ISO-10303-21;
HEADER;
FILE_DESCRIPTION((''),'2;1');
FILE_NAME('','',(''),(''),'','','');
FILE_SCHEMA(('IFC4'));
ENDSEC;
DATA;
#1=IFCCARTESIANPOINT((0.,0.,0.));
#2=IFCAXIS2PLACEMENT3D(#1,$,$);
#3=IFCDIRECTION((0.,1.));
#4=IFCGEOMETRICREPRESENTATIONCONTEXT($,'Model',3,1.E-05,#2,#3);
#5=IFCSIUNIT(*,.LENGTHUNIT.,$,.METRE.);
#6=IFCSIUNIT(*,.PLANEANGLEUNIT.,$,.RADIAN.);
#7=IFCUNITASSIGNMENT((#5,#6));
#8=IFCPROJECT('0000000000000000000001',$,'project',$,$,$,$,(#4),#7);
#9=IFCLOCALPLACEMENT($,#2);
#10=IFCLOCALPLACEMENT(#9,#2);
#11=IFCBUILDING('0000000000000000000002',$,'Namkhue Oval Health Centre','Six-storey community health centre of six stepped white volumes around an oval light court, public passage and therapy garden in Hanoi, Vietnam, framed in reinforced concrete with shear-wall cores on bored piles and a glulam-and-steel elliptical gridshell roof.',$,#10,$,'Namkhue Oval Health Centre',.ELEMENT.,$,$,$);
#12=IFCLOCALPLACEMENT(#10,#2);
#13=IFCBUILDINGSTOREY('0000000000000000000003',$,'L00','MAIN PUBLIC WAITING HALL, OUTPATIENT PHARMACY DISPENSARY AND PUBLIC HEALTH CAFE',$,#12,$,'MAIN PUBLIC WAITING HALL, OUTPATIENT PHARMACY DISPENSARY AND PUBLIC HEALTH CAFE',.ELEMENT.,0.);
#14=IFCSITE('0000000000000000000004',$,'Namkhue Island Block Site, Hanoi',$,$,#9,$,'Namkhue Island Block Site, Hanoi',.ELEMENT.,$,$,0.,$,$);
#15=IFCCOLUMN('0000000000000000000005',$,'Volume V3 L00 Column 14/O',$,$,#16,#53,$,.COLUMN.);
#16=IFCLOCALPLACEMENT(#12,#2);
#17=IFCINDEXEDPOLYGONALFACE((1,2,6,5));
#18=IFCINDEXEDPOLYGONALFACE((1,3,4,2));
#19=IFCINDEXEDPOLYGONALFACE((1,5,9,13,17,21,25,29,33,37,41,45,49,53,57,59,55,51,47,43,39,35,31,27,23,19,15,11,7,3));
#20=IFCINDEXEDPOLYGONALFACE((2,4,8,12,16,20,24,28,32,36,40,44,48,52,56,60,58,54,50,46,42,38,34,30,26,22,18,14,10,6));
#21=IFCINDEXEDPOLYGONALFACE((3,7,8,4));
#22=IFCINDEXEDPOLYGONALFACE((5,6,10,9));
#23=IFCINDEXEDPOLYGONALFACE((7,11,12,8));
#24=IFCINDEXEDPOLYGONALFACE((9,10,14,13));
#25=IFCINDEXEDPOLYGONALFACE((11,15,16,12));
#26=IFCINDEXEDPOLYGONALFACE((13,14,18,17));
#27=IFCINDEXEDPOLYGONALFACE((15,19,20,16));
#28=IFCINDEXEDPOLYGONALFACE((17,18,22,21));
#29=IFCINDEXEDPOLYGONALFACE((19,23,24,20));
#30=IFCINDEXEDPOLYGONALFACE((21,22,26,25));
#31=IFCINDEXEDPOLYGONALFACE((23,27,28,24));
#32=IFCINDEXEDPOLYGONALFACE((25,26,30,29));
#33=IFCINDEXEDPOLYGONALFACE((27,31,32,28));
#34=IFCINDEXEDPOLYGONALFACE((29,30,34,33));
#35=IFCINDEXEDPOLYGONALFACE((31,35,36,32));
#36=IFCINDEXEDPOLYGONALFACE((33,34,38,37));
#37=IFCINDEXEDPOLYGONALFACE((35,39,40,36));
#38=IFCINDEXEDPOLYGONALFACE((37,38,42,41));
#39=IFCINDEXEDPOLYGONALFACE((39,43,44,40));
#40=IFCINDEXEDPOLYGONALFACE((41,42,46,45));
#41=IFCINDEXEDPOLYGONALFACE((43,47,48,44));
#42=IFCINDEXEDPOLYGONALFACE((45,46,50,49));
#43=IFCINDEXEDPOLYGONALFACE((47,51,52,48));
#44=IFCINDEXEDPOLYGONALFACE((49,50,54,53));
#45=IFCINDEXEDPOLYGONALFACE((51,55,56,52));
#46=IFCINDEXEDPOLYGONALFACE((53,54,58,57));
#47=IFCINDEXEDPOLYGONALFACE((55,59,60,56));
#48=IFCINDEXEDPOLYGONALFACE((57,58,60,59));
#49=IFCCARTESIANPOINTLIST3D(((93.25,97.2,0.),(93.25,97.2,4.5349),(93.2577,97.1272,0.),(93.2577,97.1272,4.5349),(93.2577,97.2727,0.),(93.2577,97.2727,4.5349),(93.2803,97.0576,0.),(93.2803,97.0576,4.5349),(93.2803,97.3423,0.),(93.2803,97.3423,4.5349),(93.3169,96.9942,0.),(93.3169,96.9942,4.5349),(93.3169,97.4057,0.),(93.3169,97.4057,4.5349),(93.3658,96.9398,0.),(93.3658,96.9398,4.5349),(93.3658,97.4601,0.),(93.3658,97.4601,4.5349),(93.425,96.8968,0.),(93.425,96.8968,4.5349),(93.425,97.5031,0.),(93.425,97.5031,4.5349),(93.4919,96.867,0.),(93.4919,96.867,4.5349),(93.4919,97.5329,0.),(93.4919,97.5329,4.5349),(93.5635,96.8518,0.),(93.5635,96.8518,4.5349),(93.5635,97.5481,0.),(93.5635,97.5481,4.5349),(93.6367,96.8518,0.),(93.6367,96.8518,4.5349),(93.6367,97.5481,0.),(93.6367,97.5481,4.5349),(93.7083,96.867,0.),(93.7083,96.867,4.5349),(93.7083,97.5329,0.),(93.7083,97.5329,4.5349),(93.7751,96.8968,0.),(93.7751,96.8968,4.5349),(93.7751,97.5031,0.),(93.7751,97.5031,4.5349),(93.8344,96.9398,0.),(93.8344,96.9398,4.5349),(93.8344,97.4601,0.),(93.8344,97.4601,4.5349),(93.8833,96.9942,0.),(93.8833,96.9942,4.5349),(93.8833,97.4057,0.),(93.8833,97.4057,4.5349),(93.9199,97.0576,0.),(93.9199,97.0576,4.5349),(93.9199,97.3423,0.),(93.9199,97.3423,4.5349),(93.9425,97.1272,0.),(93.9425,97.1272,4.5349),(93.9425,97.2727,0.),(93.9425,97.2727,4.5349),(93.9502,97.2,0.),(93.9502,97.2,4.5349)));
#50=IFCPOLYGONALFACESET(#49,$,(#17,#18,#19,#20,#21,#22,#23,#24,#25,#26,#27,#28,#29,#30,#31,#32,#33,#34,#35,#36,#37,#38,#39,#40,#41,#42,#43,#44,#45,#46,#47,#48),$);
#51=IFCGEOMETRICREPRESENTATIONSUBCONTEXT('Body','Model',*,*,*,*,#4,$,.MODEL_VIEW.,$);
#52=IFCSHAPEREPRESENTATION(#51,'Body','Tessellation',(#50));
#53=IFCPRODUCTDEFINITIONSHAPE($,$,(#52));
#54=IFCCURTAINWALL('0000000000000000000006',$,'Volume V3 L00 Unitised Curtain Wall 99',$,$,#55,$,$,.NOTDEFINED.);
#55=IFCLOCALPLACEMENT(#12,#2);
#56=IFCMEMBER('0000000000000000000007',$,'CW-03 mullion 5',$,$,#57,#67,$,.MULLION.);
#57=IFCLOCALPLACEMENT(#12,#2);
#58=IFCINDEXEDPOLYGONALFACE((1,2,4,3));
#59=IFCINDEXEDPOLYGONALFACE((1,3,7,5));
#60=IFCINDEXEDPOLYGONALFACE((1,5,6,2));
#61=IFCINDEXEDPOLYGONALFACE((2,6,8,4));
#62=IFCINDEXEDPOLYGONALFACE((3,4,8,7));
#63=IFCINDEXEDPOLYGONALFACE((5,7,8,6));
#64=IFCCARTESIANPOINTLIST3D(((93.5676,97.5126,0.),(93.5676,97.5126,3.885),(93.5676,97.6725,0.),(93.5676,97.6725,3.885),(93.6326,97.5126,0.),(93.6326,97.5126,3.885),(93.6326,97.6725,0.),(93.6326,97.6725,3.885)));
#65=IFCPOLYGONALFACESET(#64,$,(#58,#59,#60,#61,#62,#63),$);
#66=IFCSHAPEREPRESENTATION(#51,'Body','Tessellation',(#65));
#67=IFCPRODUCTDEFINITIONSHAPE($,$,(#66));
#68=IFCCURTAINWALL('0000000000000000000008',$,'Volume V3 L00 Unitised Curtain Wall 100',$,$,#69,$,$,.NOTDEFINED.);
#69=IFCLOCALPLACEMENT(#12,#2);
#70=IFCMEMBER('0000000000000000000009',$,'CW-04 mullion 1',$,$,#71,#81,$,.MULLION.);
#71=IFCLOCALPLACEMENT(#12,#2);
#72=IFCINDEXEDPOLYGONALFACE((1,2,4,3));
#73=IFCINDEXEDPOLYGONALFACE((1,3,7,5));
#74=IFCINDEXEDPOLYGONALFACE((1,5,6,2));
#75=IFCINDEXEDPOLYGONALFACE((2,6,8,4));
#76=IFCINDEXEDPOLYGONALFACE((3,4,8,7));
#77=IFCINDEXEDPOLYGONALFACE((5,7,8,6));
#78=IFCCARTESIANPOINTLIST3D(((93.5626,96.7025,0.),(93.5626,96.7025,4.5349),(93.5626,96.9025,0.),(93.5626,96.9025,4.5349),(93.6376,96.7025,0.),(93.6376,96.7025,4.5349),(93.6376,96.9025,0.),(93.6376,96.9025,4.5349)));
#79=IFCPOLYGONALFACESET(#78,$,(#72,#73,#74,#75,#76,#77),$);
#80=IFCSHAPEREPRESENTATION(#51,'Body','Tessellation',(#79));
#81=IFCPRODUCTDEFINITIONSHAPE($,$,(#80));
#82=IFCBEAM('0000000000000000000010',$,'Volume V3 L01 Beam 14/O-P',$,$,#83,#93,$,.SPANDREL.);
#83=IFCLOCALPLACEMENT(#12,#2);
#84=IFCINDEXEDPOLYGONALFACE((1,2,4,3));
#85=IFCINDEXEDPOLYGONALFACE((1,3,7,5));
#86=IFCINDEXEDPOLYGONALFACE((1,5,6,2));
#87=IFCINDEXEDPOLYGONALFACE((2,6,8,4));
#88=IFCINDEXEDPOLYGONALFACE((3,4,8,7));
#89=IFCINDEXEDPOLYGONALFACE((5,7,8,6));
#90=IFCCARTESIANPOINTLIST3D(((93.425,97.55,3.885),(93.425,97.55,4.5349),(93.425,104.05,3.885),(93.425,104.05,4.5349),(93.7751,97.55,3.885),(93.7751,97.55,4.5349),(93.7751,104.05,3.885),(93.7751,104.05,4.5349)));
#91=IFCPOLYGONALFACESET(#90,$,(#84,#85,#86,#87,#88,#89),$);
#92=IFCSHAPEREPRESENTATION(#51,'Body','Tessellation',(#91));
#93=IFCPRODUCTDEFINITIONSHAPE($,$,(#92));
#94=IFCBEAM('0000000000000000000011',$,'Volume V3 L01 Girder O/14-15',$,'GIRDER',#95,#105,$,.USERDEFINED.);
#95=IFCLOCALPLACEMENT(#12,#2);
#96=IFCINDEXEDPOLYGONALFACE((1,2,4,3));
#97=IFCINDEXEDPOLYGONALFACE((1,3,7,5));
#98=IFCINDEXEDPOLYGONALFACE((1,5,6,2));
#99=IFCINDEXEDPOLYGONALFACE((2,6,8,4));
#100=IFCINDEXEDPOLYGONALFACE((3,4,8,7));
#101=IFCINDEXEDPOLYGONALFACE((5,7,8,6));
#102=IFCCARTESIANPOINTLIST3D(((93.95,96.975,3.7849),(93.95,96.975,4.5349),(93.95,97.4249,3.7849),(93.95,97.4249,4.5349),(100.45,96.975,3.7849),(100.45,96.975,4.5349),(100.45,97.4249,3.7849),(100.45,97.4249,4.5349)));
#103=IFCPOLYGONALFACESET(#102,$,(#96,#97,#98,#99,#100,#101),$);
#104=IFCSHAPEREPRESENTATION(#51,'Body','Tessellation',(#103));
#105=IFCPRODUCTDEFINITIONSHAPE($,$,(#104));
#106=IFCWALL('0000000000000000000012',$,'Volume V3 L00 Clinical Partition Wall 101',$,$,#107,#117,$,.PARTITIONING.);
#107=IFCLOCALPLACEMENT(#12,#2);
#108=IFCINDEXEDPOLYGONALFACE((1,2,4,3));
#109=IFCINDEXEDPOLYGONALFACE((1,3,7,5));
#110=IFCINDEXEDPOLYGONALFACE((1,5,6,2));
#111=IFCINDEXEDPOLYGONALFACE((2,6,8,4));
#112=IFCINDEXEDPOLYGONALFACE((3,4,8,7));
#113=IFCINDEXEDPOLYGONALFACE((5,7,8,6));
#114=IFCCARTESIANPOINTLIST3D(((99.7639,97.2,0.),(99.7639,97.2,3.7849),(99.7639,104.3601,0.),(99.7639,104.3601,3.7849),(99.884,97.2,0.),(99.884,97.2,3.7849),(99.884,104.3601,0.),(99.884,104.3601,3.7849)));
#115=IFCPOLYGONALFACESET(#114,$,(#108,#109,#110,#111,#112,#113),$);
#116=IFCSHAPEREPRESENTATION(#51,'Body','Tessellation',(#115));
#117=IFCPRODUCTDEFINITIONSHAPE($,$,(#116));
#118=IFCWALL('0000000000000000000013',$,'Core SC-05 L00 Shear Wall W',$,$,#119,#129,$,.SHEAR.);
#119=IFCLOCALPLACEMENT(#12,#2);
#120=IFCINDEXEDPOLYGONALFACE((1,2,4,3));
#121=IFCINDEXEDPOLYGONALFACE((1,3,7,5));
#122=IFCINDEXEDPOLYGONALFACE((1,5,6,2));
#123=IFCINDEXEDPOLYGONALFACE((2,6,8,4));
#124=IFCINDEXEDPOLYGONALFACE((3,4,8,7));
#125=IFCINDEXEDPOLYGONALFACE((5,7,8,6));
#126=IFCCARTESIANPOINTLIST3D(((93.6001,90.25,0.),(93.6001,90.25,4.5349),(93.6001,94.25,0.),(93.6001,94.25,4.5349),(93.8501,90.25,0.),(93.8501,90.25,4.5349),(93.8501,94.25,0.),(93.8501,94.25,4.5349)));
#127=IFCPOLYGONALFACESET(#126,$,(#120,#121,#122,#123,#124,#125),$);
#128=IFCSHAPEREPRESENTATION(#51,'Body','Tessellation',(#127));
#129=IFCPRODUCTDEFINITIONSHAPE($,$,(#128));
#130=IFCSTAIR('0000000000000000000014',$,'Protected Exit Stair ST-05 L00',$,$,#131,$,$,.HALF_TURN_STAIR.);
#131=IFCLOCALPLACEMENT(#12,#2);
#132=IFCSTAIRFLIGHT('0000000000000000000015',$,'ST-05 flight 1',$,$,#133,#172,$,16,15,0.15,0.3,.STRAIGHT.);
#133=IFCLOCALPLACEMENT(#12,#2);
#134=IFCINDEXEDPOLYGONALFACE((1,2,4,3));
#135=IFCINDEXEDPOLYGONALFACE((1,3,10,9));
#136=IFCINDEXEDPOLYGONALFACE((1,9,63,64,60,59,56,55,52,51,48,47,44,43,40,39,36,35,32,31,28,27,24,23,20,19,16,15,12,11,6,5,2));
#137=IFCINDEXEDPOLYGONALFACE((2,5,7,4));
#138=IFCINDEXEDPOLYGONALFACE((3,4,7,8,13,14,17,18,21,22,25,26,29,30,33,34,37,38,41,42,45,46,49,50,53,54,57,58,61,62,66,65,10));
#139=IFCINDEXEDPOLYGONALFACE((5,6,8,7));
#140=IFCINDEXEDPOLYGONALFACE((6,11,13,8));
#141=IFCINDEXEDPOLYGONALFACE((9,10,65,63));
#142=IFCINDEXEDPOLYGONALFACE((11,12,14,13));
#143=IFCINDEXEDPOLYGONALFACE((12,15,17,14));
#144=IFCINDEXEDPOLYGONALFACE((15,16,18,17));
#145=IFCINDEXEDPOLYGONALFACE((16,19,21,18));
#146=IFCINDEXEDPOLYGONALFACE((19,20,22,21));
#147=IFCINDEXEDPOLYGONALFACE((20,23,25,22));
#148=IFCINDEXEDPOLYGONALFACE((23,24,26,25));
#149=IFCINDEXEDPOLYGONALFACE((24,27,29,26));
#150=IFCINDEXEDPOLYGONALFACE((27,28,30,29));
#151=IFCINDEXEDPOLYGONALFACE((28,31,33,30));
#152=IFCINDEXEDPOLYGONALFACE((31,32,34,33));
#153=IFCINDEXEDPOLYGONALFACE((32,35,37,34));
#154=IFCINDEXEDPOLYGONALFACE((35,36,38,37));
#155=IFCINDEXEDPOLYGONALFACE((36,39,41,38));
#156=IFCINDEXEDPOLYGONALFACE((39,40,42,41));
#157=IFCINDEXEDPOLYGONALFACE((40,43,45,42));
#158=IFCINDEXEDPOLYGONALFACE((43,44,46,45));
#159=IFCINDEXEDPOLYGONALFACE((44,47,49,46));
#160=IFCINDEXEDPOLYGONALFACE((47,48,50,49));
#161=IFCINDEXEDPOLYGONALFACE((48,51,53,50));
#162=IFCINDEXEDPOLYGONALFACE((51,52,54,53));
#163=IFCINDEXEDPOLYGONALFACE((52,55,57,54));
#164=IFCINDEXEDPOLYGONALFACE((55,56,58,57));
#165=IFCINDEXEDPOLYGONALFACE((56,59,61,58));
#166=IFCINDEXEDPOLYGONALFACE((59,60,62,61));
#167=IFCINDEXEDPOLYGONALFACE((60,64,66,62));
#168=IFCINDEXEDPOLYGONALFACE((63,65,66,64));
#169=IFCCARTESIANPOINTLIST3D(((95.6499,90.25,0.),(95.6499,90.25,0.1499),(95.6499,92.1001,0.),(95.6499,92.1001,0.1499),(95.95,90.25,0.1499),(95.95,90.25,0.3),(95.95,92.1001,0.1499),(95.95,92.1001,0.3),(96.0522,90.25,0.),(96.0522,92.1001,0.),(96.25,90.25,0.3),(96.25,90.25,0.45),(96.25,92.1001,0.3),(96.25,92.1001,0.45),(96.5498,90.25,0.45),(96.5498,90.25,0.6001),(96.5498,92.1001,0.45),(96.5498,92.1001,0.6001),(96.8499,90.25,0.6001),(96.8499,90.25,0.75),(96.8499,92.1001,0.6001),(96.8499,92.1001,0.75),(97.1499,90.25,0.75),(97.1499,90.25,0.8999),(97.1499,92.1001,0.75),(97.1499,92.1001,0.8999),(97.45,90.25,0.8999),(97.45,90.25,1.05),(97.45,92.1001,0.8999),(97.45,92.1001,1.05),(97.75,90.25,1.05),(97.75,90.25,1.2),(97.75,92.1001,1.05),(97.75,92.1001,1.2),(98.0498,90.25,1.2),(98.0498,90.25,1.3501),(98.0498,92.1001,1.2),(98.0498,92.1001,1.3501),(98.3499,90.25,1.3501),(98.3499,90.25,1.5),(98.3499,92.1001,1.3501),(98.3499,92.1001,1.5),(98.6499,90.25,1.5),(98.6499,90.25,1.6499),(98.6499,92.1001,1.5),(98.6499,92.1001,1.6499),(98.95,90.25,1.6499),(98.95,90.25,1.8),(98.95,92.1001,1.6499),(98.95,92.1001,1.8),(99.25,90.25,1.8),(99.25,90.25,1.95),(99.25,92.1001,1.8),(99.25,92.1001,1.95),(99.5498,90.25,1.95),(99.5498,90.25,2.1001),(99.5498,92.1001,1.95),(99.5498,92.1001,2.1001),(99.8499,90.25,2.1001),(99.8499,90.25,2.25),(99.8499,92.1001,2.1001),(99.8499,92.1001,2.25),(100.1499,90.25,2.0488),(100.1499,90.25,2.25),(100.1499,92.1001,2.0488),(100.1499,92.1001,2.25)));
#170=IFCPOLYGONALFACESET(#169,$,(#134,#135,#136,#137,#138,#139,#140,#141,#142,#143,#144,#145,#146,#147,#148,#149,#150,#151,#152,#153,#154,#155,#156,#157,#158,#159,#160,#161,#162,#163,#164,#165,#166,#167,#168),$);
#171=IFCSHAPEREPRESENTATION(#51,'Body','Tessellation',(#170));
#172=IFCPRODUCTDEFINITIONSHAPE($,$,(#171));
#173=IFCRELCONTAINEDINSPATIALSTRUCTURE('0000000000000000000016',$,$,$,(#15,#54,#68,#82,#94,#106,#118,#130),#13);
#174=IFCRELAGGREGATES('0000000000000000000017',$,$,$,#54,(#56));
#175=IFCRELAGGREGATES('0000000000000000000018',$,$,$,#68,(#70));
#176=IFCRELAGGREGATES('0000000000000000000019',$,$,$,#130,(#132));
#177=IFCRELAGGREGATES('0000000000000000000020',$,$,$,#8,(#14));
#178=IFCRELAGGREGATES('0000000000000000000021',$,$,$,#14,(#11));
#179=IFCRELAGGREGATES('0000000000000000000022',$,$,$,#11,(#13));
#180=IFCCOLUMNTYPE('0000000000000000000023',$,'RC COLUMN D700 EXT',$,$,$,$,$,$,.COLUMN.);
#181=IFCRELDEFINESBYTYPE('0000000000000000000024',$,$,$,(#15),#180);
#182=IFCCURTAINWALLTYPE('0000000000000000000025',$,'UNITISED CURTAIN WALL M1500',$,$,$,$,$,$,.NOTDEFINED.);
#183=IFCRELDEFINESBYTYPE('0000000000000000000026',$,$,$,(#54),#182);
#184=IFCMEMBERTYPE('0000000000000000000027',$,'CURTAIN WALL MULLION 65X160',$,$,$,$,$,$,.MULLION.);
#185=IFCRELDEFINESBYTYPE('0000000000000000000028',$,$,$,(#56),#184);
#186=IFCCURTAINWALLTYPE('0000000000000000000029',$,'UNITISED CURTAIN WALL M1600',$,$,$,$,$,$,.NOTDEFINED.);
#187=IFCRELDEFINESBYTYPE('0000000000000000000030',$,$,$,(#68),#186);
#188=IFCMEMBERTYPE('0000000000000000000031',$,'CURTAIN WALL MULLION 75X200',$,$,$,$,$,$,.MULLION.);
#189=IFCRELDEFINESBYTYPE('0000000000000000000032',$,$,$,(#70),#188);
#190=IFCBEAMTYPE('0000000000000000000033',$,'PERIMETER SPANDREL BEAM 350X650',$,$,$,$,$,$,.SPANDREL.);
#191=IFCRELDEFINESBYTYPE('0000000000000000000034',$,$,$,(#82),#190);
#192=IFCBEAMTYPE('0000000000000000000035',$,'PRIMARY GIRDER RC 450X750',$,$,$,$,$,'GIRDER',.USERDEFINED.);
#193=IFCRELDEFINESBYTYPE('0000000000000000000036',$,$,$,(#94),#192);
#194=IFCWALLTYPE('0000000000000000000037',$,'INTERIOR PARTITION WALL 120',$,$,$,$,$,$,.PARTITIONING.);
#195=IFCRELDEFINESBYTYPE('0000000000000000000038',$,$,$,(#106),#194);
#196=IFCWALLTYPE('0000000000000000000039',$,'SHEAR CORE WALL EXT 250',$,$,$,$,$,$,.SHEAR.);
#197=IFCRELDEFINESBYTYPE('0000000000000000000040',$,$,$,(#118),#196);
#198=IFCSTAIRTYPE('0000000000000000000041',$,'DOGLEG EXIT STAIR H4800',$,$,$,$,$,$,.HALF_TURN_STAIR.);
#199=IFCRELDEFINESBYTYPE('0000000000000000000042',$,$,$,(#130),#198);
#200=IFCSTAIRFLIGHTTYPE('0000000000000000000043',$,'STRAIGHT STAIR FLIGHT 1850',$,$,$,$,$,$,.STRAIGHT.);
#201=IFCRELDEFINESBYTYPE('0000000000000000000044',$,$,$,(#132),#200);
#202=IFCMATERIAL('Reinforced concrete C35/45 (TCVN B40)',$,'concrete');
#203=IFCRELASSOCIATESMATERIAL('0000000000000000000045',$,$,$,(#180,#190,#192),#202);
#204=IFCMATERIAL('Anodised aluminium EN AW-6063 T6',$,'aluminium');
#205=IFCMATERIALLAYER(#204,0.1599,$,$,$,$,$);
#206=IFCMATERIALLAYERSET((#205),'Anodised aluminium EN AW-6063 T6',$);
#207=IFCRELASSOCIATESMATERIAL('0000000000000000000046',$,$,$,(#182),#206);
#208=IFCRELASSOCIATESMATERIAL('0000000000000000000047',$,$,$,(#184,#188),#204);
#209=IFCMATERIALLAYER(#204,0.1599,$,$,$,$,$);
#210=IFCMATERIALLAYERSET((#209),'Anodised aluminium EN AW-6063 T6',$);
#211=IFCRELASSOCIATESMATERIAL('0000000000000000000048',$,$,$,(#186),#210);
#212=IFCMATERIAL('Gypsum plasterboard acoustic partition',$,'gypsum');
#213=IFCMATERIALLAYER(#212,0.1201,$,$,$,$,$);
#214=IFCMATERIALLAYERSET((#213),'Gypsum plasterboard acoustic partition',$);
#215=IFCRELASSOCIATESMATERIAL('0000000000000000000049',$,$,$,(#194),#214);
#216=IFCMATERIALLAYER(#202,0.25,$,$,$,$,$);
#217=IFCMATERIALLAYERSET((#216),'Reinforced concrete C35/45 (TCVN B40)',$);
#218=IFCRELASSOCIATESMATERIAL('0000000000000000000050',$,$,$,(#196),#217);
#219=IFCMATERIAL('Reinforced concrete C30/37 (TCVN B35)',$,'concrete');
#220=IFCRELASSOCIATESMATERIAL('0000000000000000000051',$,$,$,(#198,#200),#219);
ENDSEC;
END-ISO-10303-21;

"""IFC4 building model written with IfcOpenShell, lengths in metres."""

from ifc_helpers import new_model, si_unit, direction, frame, frame_2d, origin, origin_2d, place, context, subcontext, project, spatial, polyline, rectangle, circle, outline, extrude, material, layer, layer_set, material_profile, profile_set, type_object, element, aggregate, save


model = new_model("IFC4")

# Units and contexts
model_context = context("Model", 3, precision=1e-05, world=origin(), true_north=direction((0.0, 1.0)))
body_context = subcontext(model_context, "Body", "Model", "MODEL_VIEW")
ifc_project = project(units=[si_unit("LENGTHUNIT", "METRE"), si_unit("PLANEANGLEUNIT", "RADIAN")], contexts=[model_context])

# Site, building, storey
site_placement = place(None, origin())
site = spatial("IfcSite", under=ifc_project, at=site_placement, Name="Namkhue Island Block Site, Hanoi", LongName="Namkhue Island Block Site, Hanoi", CompositionType="ELEMENT", RefElevation=0.0)
building_placement = place(site_placement, origin())
building = spatial("IfcBuilding", under=site, at=building_placement, Name="Namkhue Oval Health Centre", Description="Six-storey community health centre of six stepped white volumes around an oval light court, public passage and therapy garden in Hanoi, Vietnam, framed in reinforced concrete with shear-wall cores on bored piles and a glulam-and-steel elliptical gridshell roof.", LongName="Namkhue Oval Health Centre", CompositionType="ELEMENT")
storey_placement = place(building_placement, origin())
storey = spatial("IfcBuildingStorey", under=building, at=storey_placement, Name="L00", Description="MAIN PUBLIC WAITING HALL, OUTPATIENT PHARMACY DISPENSARY AND PUBLIC HEALTH CAFE", LongName="MAIN PUBLIC WAITING HALL, OUTPATIENT PHARMACY DISPENSARY AND PUBLIC HEALTH CAFE", CompositionType="ELEMENT", Elevation=0.0)

# Column
ifc_material_1 = material(Name="Reinforced concrete C35/45 (TCVN B40)", Category="concrete")
ifc_material_profile_1 = material_profile(ifc_material_1, circle(Radius=0.3501, at=origin_2d()), Name="RC D700")
ifc_profile_set_1 = profile_set([ifc_material_profile_1], Name="Reinforced concrete C35/45 (TCVN B40)")
column_type = type_object("IfcColumnType", Name="RC COLUMN D700 EXT", PredefinedType="COLUMN", material=ifc_profile_set_1)
column_placement = place(storey_placement, frame((93.6001, 97.2, 0.0), z_axis=(0.0, 0.0, 1.0), x_axis=(1.0, 0.0, 0.0)))
element("IfcColumn", 1, at=column_placement, inside=storey, type_object=column_type, Name="Volume V3 L00 Column 14/O", PredefinedType="COLUMN", context=body_context, shape_type="SweptSolid", body=[
    extrude(circle(Radius=0.3501, at=origin_2d()), origin(), (0.0, 0.0, 1.0), 4.5349),
])

# Curtain walls, members
ifc_material_2 = material(Name="Anodised aluminium EN AW-6063 T6", Category="aluminium")
ifc_layer_1 = layer(ifc_material_2, 0.1599)
ifc_layer_set_1 = layer_set([ifc_layer_1], Name="Anodised aluminium EN AW-6063 T6")
curtain_wall_type_1 = type_object("IfcCurtainWallType", Name="UNITISED CURTAIN WALL M1500", PredefinedType="NOTDEFINED", material=ifc_layer_set_1)
curtain_wall_1_placement = place(storey_placement, origin())
curtain_wall_1 = element("IfcCurtainWall", 2, at=curtain_wall_1_placement, inside=storey, type_object=curtain_wall_type_1, Name="Volume V3 L00 Unitised Curtain Wall 99", PredefinedType="NOTDEFINED")
ifc_material_profile_2 = material_profile(ifc_material_2, rectangle(XDim=0.0649, YDim=0.1599, at=origin_2d()), Name="ALU 65x160")
ifc_profile_set_2 = profile_set([ifc_material_profile_2], Name="Anodised aluminium EN AW-6063 T6")
member_type_1 = type_object("IfcMemberType", Name="CURTAIN WALL MULLION 65X160", PredefinedType="MULLION", material=ifc_profile_set_2)
member_1_placement = place(storey_placement, frame((93.6001, 97.5925, 0.0), z_axis=(0.0, 0.0, 1.0), x_axis=(1.0, 0.0, 0.0)))
member_1 = element("IfcMember", 3, at=member_1_placement, type_object=member_type_1, Name="CW-03 mullion 5", PredefinedType="MULLION", context=body_context, shape_type="SweptSolid", body=[
    extrude(rectangle(XDim=0.0649, YDim=0.1599, at=origin_2d()), origin(), (0.0, 0.0, 1.0), 3.885),
])
aggregate(curtain_wall_1, [member_1])
ifc_layer_2 = layer(ifc_material_2, 0.1599)
ifc_layer_set_2 = layer_set([ifc_layer_2], Name="Anodised aluminium EN AW-6063 T6")
curtain_wall_type_2 = type_object("IfcCurtainWallType", Name="UNITISED CURTAIN WALL M1600", PredefinedType="NOTDEFINED", material=ifc_layer_set_2)
curtain_wall_2_placement = place(storey_placement, origin())
curtain_wall_2 = element("IfcCurtainWall", 4, at=curtain_wall_2_placement, inside=storey, type_object=curtain_wall_type_2, Name="Volume V3 L00 Unitised Curtain Wall 100", PredefinedType="NOTDEFINED")
ifc_material_profile_3 = material_profile(ifc_material_2, rectangle(XDim=0.075, YDim=0.2, at=origin_2d()), Name="ALU 75x200")
ifc_profile_set_3 = profile_set([ifc_material_profile_3], Name="Anodised aluminium EN AW-6063 T6")
member_type_2 = type_object("IfcMemberType", Name="CURTAIN WALL MULLION 75X200", PredefinedType="MULLION", material=ifc_profile_set_3)
member_2_placement = place(storey_placement, frame((93.6001, 96.8025, 0.0), z_axis=(0.0, 0.0, 1.0), x_axis=(1.0, 0.0, 0.0)))
member_2 = element("IfcMember", 5, at=member_2_placement, type_object=member_type_2, Name="CW-04 mullion 1", PredefinedType="MULLION", context=body_context, shape_type="SweptSolid", body=[
    extrude(rectangle(XDim=0.075, YDim=0.2, at=origin_2d()), origin(), (0.0, 0.0, 1.0), 4.5349),
])
aggregate(curtain_wall_2, [member_2])

# Beams
ifc_material_profile_4 = material_profile(ifc_material_1, rectangle(XDim=0.3501, YDim=0.6499, at=origin_2d()), Name="RC 350x650")
ifc_profile_set_4 = profile_set([ifc_material_profile_4], Name="Reinforced concrete C35/45 (TCVN B40)")
beam_type_1 = type_object("IfcBeamType", Name="PERIMETER SPANDREL BEAM 350X650", PredefinedType="SPANDREL", material=ifc_profile_set_4)
beam_1_placement = place(storey_placement, frame((93.6001, 97.55, 4.21), z_axis=(0.0, 1.0, 0.0), x_axis=(-1.0, 0.0, 0.0)))
element("IfcBeam", 6, at=beam_1_placement, inside=storey, type_object=beam_type_1, Name="Volume V3 L01 Beam 14/O-P", PredefinedType="SPANDREL", context=body_context, shape_type="SweptSolid", body=[
    extrude(rectangle(XDim=0.3501, YDim=0.6499, at=origin_2d()), origin(), (0.0, 0.0, 1.0), 6.5),
])
ifc_material_profile_5 = material_profile(ifc_material_1, rectangle(XDim=0.45, YDim=0.75, at=origin_2d()), Name="RC 450x750")
ifc_profile_set_5 = profile_set([ifc_material_profile_5], Name="Reinforced concrete C35/45 (TCVN B40)")
beam_type_2 = type_object("IfcBeamType", Name="PRIMARY GIRDER RC 450X750", ElementType="GIRDER", PredefinedType="USERDEFINED", material=ifc_profile_set_5)
beam_2_placement = place(storey_placement, frame((93.95, 97.2, 4.1599), z_axis=(1.0, 0.0, 0.0), x_axis=(0.0, 1.0, 0.0)))
element("IfcBeam", 7, at=beam_2_placement, inside=storey, type_object=beam_type_2, Name="Volume V3 L01 Girder O/14-15", ObjectType="GIRDER", PredefinedType="USERDEFINED", context=body_context, shape_type="SweptSolid", body=[
    extrude(rectangle(XDim=0.45, YDim=0.75, at=origin_2d()), origin(), (0.0, 0.0, 1.0), 6.5),
])

# Shared definitions
ifc_material_3 = material(Name="Gypsum plasterboard acoustic partition", Category="gypsum")

# Walls
ifc_layer_3 = layer(ifc_material_3, 0.1201)
ifc_layer_set_3 = layer_set([ifc_layer_3], Name="Gypsum plasterboard acoustic partition")
wall_type_1 = type_object("IfcWallType", Name="INTERIOR PARTITION WALL 120", PredefinedType="PARTITIONING", material=ifc_layer_set_3)
wall_1_placement = place(storey_placement, frame((99.824, 97.2, 0.0), z_axis=(0.0, 0.0, 1.0), x_axis=(0.0, 1.0, 0.0)))
element("IfcWall", 8, at=wall_1_placement, inside=storey, type_object=wall_type_1, Name="Volume V3 L00 Clinical Partition Wall 101", PredefinedType="PARTITIONING", context=body_context, shape_type="SweptSolid", body=[
    extrude(rectangle(XDim=7.1602, YDim=0.1201, at=frame_2d((3.5801, 0.0))), origin(), (0.0, 0.0, 1.0), 3.7849),
])
ifc_layer_4 = layer(ifc_material_1, 0.25)
ifc_layer_set_4 = layer_set([ifc_layer_4], Name="Reinforced concrete C35/45 (TCVN B40)")
wall_type_2 = type_object("IfcWallType", Name="SHEAR CORE WALL EXT 250", PredefinedType="SHEAR", material=ifc_layer_set_4)
wall_2_placement = place(storey_placement, frame((93.7251, 94.25, 0.0), z_axis=(0.0, 0.0, 1.0), x_axis=(0.0, -1.0, 0.0)))
element("IfcWall", 9, at=wall_2_placement, inside=storey, type_object=wall_type_2, Name="Core SC-05 L00 Shear Wall W", PredefinedType="SHEAR", context=body_context, shape_type="SweptSolid", body=[
    extrude(rectangle(XDim=4.0, YDim=0.25, at=frame_2d((2.0, 0.0))), origin(), (0.0, 0.0, 1.0), 4.5349),
])

# Stair, stair flight
ifc_material_4 = material(Name="Reinforced concrete C30/37 (TCVN B35)", Category="concrete")
stair_type = type_object("IfcStairType", Name="DOGLEG EXIT STAIR H4800", PredefinedType="HALF_TURN_STAIR", material=ifc_material_4)
stair_placement = place(storey_placement, origin())
stair = element("IfcStair", 10, at=stair_placement, inside=storey, type_object=stair_type, Name="Protected Exit Stair ST-05 L00", PredefinedType="HALF_TURN_STAIR")
stair_flight_type = type_object("IfcStairFlightType", Name="STRAIGHT STAIR FLIGHT 1850", PredefinedType="STRAIGHT", material=ifc_material_4)
stair_flight_placement = place(storey_placement, frame((95.6499, 91.175, 0.0), z_axis=(0.0, 0.0, 1.0), x_axis=(1.0, 0.0, 0.0)))
stair_flight = element("IfcStairFlight", 11, at=stair_flight_placement, type_object=stair_flight_type, Name="ST-05 flight 1", NumberOfRisers=16, NumberOfTreads=15, PredefinedType="STRAIGHT", RiserHeight=0.15, TreadLength=0.3, context=body_context, shape_type="SweptSolid", body=[
    extrude(outline(polyline([(0.0, 0.0), (0.0, 0.1499), (0.3, 0.1499), (0.3, 0.3), (0.6001, 0.3), (0.6001, 0.45), (0.8999, 0.45), (0.8999, 0.6001), (1.2, 0.6001), (1.2, 0.75), (1.5, 0.75), (1.5, 0.8999), (1.8, 0.8999), (1.8, 1.05), (2.1001, 1.05), (2.1001, 1.2), (2.3999, 1.2), (2.3999, 1.3501), (2.7, 1.3501), (2.7, 1.5), (3.0, 1.5), (3.0, 1.6499), (3.3, 1.6499), (3.3, 1.8), (3.6001, 1.8), (3.6001, 1.95), (3.8999, 1.95), (3.8999, 2.1001), (4.2, 2.1001), (4.2, 2.25), (4.5, 2.25), (4.5, 2.3999), (4.5, 2.0488), (0.4023, 0.0), (0.0, 0.0)])), frame((0.0, 0.925, 0.0), z_axis=(0.0, -1.0, 0.0), x_axis=(1.0, 0.0, 0.0)), (0.0, 0.0, 1.0), 1.8501),
])
aggregate(stair, [stair_flight])

save(model, "model.ifc")
